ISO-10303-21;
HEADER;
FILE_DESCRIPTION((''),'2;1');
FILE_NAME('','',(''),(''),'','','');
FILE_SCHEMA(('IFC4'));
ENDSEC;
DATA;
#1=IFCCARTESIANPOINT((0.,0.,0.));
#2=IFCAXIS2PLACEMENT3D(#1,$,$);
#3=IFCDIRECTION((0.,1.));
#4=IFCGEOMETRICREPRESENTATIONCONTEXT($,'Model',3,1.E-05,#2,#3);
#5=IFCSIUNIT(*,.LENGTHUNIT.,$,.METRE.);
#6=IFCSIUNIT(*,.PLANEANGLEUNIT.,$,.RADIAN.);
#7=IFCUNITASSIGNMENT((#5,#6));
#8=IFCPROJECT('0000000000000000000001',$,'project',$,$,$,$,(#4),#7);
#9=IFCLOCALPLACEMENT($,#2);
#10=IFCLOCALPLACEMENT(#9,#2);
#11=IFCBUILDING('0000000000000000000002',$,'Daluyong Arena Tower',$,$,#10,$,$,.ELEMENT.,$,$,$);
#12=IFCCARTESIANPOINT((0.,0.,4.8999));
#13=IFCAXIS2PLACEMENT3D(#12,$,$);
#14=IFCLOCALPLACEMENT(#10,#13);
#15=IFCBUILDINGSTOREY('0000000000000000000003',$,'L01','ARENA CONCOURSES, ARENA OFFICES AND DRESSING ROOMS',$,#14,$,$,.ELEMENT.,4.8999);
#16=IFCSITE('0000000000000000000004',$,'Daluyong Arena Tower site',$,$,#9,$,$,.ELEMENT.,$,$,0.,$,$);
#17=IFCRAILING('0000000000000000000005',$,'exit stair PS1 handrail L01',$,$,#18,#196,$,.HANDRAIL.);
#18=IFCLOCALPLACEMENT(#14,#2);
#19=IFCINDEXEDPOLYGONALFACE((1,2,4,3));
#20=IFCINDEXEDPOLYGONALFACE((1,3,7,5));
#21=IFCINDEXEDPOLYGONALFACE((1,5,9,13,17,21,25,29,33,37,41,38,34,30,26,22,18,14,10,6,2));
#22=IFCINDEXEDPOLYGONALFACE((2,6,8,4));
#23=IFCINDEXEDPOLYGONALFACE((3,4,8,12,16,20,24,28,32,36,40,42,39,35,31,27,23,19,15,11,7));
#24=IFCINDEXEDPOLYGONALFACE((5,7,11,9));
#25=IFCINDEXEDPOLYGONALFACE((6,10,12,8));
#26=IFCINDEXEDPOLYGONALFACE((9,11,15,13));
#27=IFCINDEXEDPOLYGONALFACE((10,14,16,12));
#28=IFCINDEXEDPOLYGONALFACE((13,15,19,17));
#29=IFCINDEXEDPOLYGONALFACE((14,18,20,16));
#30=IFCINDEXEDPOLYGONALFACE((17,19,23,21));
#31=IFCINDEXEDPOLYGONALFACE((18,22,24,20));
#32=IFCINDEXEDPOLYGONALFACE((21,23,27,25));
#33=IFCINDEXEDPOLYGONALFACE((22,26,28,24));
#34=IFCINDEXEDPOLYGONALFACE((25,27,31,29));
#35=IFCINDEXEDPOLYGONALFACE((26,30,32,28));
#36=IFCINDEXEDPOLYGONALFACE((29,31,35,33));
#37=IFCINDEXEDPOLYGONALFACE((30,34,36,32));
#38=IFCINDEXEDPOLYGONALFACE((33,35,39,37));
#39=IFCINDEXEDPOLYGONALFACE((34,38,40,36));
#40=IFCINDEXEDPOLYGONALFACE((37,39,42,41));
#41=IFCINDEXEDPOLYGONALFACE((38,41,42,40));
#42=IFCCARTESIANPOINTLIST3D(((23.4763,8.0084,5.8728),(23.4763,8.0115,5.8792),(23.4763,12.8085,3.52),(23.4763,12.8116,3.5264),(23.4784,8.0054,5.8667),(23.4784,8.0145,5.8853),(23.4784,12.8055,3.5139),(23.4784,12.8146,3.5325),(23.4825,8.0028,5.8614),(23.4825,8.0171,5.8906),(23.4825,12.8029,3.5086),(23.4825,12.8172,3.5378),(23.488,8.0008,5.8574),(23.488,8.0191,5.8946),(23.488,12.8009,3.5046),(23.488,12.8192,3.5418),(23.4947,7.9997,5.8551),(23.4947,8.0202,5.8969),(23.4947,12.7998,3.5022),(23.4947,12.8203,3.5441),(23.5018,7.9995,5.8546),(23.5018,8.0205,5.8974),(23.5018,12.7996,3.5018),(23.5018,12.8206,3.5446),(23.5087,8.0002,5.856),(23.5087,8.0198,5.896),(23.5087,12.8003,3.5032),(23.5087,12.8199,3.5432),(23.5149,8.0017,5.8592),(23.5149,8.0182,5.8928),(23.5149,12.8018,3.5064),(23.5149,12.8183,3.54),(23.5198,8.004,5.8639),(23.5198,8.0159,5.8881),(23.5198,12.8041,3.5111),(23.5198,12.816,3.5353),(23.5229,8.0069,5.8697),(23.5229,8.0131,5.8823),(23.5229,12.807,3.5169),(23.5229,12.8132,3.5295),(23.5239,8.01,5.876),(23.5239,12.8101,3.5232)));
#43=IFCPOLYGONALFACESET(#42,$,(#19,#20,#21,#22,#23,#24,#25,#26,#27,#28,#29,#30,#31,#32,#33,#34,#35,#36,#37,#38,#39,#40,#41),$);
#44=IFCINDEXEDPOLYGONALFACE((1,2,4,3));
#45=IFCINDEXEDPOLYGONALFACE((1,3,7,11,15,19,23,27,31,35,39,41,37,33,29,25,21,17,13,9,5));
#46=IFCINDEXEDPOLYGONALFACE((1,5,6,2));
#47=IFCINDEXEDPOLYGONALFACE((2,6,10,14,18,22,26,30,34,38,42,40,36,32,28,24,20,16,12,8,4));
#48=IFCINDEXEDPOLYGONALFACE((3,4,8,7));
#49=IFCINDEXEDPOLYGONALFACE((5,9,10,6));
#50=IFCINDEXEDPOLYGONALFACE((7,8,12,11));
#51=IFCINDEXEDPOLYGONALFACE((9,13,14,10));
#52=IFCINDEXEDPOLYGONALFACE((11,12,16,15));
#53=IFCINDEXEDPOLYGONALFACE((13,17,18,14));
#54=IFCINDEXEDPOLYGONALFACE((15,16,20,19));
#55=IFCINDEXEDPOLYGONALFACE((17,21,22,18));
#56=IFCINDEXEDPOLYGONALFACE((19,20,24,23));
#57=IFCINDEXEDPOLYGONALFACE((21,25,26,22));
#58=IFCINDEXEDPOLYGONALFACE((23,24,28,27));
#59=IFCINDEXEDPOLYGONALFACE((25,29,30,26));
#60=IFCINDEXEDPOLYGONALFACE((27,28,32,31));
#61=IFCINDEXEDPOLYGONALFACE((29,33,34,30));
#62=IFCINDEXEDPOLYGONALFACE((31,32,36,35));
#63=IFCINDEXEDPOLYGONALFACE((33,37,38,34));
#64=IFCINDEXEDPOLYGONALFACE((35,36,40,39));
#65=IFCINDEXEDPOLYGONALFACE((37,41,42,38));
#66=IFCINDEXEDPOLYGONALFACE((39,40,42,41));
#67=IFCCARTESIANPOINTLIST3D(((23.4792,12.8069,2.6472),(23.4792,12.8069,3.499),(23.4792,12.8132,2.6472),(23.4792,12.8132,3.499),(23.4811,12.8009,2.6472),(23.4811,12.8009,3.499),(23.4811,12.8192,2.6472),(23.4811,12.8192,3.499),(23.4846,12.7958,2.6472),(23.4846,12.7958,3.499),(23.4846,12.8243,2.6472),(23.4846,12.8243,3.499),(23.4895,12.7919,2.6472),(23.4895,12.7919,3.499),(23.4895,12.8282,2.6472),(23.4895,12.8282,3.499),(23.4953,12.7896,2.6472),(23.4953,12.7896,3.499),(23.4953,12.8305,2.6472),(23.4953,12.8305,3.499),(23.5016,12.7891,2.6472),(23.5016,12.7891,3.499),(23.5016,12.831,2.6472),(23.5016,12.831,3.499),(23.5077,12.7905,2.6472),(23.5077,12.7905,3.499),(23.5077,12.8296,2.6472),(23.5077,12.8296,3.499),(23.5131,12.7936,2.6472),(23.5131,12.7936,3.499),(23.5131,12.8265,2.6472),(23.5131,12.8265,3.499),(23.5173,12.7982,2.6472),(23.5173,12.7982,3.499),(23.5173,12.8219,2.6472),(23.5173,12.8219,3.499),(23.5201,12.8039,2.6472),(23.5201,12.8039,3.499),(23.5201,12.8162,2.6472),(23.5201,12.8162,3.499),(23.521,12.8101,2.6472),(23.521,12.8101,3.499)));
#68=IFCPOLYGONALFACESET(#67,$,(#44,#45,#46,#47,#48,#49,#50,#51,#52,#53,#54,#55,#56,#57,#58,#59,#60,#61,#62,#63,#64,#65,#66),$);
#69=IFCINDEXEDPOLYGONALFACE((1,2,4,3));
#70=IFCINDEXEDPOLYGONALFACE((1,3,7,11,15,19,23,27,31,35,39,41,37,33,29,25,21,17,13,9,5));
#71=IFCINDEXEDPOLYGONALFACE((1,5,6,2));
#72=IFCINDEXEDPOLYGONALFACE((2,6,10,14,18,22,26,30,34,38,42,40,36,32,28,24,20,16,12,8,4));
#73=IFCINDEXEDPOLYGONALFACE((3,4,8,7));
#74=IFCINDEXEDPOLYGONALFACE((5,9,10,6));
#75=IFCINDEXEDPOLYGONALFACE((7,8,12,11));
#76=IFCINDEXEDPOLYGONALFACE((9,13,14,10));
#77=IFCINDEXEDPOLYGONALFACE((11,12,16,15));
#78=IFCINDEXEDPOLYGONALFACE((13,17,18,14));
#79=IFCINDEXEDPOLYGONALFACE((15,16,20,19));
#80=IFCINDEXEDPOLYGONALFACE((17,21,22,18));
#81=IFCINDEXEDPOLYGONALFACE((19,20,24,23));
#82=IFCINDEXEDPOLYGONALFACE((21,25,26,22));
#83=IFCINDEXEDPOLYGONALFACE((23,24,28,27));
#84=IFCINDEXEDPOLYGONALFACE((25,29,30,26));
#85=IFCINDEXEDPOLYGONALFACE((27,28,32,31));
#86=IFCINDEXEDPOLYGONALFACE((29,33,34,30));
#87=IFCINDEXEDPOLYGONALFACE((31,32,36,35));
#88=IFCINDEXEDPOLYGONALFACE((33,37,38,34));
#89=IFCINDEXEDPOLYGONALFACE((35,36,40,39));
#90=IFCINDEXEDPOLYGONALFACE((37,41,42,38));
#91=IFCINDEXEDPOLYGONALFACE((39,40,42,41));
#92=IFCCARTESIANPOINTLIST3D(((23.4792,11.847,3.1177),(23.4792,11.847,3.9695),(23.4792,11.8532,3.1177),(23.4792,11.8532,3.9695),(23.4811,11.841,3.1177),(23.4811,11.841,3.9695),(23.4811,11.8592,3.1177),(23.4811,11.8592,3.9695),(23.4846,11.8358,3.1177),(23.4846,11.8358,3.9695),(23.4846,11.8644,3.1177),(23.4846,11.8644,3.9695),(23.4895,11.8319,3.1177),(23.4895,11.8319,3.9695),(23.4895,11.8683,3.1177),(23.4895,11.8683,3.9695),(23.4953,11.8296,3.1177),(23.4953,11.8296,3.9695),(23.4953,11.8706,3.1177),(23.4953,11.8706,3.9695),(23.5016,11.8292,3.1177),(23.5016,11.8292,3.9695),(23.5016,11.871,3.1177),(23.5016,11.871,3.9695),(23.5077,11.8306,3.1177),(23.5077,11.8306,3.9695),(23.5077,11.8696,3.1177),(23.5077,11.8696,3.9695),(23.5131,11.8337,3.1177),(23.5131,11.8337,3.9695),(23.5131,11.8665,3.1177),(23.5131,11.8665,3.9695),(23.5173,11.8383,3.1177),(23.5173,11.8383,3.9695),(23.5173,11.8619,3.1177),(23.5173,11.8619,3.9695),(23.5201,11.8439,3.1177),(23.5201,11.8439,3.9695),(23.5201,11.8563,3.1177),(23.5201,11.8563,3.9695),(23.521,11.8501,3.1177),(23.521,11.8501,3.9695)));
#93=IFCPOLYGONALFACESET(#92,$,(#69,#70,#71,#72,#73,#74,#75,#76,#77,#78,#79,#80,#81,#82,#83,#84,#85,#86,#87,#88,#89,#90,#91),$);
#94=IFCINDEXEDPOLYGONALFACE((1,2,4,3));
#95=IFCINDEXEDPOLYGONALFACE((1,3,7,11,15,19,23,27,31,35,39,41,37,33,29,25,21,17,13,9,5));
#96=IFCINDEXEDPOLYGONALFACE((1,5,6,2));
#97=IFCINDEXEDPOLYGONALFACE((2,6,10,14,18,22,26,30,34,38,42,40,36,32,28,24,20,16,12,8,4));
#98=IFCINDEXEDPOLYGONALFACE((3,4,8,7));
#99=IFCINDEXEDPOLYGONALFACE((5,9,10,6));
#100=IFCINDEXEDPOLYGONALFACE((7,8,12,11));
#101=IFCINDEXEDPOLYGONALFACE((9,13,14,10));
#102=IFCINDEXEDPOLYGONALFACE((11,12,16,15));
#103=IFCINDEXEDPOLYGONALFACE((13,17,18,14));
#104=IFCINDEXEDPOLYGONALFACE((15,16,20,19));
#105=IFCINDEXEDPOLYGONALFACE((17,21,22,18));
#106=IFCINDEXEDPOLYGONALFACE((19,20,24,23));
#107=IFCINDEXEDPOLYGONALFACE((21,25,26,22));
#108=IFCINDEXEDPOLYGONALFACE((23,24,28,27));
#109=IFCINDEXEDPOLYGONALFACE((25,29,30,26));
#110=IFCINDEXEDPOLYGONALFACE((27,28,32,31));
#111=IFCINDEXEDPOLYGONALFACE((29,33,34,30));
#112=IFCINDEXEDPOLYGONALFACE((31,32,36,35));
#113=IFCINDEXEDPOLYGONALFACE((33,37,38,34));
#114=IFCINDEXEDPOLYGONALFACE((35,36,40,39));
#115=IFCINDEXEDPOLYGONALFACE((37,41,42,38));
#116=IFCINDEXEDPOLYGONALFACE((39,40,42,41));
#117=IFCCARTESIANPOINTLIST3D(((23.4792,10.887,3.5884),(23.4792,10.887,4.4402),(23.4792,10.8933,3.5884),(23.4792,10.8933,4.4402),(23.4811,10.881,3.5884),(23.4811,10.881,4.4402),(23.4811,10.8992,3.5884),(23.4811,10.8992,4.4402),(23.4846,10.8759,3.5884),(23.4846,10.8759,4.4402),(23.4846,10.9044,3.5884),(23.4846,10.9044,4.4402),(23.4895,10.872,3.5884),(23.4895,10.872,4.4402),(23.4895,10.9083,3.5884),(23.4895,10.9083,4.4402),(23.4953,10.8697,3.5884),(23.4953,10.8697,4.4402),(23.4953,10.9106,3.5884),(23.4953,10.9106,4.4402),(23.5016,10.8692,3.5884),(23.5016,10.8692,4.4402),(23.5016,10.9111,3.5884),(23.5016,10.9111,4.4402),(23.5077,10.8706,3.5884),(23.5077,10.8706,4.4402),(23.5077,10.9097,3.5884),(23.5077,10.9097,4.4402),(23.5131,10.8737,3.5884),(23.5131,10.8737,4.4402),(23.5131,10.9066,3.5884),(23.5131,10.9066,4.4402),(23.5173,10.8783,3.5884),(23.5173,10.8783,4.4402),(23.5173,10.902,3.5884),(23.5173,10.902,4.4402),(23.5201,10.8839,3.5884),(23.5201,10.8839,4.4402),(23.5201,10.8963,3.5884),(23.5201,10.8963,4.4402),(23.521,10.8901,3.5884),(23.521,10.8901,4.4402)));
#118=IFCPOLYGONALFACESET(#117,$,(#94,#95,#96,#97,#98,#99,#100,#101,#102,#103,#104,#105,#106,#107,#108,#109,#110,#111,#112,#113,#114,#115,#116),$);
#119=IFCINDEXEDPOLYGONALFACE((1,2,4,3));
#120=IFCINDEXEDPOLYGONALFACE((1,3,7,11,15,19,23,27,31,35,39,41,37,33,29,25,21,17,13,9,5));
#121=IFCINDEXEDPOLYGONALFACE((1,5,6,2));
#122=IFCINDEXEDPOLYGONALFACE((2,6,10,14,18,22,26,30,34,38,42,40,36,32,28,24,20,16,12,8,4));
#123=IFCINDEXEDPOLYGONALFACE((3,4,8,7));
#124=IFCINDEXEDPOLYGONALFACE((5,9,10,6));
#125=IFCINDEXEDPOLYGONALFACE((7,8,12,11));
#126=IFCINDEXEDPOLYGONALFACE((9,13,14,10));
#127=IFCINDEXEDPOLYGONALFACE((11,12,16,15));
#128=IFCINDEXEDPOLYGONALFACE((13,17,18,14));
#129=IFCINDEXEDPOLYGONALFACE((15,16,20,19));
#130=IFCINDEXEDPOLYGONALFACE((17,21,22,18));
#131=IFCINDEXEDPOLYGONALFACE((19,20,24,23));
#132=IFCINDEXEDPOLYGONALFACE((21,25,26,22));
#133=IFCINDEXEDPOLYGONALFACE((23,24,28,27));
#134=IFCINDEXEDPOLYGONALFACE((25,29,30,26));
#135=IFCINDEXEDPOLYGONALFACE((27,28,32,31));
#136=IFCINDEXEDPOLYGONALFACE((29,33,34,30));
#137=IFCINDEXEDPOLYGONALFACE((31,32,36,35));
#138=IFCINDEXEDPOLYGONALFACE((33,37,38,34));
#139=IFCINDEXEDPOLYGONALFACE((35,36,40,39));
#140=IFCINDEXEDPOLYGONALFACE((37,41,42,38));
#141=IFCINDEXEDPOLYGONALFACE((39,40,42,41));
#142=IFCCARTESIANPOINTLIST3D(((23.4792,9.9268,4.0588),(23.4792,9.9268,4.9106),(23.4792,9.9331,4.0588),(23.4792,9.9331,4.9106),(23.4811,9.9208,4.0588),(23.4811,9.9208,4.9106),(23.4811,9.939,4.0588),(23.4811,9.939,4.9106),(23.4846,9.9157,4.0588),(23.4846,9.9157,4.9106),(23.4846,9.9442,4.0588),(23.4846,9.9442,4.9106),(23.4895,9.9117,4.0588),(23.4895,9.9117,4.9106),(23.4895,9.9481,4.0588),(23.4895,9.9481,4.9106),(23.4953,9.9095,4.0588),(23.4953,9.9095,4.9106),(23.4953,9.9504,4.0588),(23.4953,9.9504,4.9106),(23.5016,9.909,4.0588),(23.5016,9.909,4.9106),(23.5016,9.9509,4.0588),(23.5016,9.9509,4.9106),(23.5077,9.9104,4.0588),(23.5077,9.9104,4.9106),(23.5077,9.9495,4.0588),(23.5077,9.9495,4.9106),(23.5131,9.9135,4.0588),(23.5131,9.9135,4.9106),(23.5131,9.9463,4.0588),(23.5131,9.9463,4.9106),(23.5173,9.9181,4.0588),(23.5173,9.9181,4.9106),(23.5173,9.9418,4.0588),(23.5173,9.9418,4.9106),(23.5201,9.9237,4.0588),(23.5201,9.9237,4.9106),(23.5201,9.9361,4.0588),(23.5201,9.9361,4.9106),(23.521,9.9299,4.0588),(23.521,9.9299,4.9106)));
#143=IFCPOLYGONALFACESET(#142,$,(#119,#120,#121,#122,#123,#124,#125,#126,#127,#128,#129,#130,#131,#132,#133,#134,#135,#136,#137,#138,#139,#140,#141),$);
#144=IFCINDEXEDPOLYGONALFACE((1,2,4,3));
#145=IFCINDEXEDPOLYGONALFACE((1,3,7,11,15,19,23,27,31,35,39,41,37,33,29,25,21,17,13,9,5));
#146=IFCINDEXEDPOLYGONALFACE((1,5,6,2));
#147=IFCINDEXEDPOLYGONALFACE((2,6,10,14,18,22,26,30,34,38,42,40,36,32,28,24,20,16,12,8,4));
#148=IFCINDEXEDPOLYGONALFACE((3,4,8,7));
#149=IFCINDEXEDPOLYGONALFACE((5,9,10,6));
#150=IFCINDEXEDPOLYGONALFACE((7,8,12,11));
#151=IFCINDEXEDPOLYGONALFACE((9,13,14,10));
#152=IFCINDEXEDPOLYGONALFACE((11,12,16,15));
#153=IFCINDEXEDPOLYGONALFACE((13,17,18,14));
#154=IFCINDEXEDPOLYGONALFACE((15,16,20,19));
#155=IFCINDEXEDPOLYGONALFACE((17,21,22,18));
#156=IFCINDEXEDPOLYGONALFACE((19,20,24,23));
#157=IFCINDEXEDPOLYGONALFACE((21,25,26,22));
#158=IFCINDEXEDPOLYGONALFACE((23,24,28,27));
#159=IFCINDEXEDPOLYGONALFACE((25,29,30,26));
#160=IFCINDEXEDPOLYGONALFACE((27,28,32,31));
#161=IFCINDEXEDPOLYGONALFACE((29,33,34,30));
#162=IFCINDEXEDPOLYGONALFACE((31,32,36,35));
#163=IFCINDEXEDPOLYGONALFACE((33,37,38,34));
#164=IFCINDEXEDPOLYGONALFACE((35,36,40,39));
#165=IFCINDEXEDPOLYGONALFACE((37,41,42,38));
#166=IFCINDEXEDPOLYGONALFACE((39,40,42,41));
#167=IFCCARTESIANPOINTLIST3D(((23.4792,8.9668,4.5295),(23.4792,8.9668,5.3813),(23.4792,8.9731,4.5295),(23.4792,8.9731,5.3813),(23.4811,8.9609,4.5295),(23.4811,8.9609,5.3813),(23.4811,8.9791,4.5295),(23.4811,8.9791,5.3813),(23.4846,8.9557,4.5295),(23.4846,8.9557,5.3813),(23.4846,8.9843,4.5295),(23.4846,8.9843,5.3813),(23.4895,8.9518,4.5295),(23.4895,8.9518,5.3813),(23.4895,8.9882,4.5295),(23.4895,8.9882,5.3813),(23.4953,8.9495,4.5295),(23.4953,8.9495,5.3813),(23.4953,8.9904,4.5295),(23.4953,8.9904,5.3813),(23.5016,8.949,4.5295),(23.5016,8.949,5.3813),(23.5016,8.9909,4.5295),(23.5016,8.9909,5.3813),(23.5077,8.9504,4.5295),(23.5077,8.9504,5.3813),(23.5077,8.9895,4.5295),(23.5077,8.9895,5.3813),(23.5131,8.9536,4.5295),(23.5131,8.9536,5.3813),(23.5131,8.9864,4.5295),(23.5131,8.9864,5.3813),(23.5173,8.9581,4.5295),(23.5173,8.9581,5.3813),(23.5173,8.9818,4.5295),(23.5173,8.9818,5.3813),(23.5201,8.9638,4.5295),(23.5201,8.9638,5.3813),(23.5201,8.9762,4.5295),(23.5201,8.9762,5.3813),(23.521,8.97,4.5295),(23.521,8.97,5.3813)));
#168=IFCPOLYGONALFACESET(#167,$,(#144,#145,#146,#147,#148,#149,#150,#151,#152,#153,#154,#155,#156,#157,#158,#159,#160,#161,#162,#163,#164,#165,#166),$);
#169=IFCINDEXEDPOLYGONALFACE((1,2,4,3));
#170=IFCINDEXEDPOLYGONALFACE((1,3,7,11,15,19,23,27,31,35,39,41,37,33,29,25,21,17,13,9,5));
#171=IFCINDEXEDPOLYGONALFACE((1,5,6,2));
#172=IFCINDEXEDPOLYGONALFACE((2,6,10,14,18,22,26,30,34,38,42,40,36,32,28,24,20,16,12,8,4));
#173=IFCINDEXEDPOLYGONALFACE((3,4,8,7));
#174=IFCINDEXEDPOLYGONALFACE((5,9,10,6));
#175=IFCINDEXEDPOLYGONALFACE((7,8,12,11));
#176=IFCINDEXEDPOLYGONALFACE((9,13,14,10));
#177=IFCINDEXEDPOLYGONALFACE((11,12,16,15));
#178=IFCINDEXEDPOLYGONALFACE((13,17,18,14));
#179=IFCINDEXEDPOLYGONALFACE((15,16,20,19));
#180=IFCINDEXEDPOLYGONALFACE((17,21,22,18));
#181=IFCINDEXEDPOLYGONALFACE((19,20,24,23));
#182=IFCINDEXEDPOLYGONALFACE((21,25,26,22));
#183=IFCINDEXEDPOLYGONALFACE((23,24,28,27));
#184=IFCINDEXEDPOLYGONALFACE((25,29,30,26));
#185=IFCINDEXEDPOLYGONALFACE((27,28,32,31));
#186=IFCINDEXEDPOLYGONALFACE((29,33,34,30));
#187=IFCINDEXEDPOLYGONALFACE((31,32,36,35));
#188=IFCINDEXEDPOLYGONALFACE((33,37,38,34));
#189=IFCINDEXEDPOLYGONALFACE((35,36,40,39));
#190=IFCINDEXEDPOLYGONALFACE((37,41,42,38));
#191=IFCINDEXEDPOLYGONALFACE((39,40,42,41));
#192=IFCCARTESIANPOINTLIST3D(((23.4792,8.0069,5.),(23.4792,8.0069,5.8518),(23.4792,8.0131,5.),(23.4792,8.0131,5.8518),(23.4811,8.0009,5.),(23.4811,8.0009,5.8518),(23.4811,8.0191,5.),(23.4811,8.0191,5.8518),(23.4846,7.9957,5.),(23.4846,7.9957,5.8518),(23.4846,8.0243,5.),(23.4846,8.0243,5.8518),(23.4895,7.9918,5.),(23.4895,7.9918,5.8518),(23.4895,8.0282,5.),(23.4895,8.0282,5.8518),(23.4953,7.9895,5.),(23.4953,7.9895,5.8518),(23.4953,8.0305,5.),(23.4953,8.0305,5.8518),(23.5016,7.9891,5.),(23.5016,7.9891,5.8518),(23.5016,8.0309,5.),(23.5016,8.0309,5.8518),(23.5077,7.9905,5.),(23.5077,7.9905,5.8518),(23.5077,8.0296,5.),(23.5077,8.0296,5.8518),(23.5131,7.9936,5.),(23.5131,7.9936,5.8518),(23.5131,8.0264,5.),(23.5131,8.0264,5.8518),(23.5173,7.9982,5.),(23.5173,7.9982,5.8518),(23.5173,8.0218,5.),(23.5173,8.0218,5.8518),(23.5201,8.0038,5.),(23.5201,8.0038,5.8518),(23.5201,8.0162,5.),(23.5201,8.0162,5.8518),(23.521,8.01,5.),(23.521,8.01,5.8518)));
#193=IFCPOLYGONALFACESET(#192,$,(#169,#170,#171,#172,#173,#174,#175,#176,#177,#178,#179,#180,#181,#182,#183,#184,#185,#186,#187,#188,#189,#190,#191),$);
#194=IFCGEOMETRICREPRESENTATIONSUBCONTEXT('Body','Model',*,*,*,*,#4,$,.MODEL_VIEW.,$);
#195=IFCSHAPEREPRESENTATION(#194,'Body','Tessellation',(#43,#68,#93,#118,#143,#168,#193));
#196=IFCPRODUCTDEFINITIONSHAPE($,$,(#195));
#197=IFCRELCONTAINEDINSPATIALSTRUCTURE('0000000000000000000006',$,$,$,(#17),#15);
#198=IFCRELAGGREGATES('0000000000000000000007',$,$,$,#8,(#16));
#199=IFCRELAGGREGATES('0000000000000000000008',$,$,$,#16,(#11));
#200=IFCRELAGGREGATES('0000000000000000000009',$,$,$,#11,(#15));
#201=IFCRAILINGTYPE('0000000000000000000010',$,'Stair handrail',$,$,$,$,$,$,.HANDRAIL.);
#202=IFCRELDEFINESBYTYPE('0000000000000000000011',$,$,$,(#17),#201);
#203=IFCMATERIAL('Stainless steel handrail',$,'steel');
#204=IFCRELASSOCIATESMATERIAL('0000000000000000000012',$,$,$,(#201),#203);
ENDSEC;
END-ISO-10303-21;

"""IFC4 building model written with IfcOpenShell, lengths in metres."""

from ifc_helpers import new_model, si_unit, direction, frame, origin, origin_2d, place, context, subcontext, project, spatial, circle, extrude, material, type_object, element, save


model = new_model("IFC4")

# Units and contexts
model_context = context("Model", 3, precision=1e-05, world=origin(), true_north=direction((0.0, 1.0)))
body_context = subcontext(model_context, "Body", "Model", "MODEL_VIEW")
ifc_project = project(units=[si_unit("LENGTHUNIT", "METRE"), si_unit("PLANEANGLEUNIT", "RADIAN")], contexts=[model_context])

# Site, building, storey
site_placement = place(None, origin())
site = spatial("IfcSite", under=ifc_project, at=site_placement, Name="Daluyong Arena Tower site", CompositionType="ELEMENT", RefElevation=0.0)
building_placement = place(site_placement, origin())
building = spatial("IfcBuilding", under=site, at=building_placement, Name="Daluyong Arena Tower", CompositionType="ELEMENT")
storey_placement = place(building_placement, frame((0.0, 0.0, 4.8999)))
storey = spatial("IfcBuildingStorey", under=building, at=storey_placement, Name="L01", Description="ARENA CONCOURSES, ARENA OFFICES AND DRESSING ROOMS", CompositionType="ELEMENT", Elevation=4.8999)

# Railing
ifc_material_1 = material(Name="Stainless steel handrail", Category="steel")
railing_type_1 = type_object("IfcRailingType", Name="Stair handrail", PredefinedType="HANDRAIL", material=ifc_material_1)
railing_1_placement = place(storey_placement, frame((23.5, 12.8101, 2.6472)))
element("IfcRailing", 1, at=railing_1_placement, inside=storey, type_object=railing_type_1, Name="exit stair PS1 handrail L01", PredefinedType="HANDRAIL", context=body_context, shape_type="SweptSolid", body=[
    extrude(circle(Radius=0.0239, at=origin_2d()), frame((0.0, 0.0, 0.876), z_axis=(0.0, -0.897934, 0.44013), x_axis=(1.0, 0.0, 0.0)), (0.0, 0.0, 1.0), 5.3457),
    extrude(circle(Radius=0.021, at=origin_2d()), origin(), (0.0, 0.0, 1.0), 0.8518),
    extrude(circle(Radius=0.021, at=origin_2d()), frame((0.0, -0.96, 0.4705)), (0.0, 0.0, 1.0), 0.8518),
    extrude(circle(Radius=0.021, at=origin_2d()), frame((0.0, -1.9199, 0.9412)), (0.0, 0.0, 1.0), 0.8518),
    extrude(circle(Radius=0.021, at=origin_2d()), frame((0.0, -2.8801, 1.4116)), (0.0, 0.0, 1.0), 0.8518),
    extrude(circle(Radius=0.021, at=origin_2d()), frame((0.0, -3.8401, 1.8823)), (0.0, 0.0, 1.0), 0.8518),
    extrude(circle(Radius=0.021, at=origin_2d()), frame((0.0, -4.8, 2.3528)), (0.0, 0.0, 1.0), 0.8518),
])

save(model, "model.ifc")
